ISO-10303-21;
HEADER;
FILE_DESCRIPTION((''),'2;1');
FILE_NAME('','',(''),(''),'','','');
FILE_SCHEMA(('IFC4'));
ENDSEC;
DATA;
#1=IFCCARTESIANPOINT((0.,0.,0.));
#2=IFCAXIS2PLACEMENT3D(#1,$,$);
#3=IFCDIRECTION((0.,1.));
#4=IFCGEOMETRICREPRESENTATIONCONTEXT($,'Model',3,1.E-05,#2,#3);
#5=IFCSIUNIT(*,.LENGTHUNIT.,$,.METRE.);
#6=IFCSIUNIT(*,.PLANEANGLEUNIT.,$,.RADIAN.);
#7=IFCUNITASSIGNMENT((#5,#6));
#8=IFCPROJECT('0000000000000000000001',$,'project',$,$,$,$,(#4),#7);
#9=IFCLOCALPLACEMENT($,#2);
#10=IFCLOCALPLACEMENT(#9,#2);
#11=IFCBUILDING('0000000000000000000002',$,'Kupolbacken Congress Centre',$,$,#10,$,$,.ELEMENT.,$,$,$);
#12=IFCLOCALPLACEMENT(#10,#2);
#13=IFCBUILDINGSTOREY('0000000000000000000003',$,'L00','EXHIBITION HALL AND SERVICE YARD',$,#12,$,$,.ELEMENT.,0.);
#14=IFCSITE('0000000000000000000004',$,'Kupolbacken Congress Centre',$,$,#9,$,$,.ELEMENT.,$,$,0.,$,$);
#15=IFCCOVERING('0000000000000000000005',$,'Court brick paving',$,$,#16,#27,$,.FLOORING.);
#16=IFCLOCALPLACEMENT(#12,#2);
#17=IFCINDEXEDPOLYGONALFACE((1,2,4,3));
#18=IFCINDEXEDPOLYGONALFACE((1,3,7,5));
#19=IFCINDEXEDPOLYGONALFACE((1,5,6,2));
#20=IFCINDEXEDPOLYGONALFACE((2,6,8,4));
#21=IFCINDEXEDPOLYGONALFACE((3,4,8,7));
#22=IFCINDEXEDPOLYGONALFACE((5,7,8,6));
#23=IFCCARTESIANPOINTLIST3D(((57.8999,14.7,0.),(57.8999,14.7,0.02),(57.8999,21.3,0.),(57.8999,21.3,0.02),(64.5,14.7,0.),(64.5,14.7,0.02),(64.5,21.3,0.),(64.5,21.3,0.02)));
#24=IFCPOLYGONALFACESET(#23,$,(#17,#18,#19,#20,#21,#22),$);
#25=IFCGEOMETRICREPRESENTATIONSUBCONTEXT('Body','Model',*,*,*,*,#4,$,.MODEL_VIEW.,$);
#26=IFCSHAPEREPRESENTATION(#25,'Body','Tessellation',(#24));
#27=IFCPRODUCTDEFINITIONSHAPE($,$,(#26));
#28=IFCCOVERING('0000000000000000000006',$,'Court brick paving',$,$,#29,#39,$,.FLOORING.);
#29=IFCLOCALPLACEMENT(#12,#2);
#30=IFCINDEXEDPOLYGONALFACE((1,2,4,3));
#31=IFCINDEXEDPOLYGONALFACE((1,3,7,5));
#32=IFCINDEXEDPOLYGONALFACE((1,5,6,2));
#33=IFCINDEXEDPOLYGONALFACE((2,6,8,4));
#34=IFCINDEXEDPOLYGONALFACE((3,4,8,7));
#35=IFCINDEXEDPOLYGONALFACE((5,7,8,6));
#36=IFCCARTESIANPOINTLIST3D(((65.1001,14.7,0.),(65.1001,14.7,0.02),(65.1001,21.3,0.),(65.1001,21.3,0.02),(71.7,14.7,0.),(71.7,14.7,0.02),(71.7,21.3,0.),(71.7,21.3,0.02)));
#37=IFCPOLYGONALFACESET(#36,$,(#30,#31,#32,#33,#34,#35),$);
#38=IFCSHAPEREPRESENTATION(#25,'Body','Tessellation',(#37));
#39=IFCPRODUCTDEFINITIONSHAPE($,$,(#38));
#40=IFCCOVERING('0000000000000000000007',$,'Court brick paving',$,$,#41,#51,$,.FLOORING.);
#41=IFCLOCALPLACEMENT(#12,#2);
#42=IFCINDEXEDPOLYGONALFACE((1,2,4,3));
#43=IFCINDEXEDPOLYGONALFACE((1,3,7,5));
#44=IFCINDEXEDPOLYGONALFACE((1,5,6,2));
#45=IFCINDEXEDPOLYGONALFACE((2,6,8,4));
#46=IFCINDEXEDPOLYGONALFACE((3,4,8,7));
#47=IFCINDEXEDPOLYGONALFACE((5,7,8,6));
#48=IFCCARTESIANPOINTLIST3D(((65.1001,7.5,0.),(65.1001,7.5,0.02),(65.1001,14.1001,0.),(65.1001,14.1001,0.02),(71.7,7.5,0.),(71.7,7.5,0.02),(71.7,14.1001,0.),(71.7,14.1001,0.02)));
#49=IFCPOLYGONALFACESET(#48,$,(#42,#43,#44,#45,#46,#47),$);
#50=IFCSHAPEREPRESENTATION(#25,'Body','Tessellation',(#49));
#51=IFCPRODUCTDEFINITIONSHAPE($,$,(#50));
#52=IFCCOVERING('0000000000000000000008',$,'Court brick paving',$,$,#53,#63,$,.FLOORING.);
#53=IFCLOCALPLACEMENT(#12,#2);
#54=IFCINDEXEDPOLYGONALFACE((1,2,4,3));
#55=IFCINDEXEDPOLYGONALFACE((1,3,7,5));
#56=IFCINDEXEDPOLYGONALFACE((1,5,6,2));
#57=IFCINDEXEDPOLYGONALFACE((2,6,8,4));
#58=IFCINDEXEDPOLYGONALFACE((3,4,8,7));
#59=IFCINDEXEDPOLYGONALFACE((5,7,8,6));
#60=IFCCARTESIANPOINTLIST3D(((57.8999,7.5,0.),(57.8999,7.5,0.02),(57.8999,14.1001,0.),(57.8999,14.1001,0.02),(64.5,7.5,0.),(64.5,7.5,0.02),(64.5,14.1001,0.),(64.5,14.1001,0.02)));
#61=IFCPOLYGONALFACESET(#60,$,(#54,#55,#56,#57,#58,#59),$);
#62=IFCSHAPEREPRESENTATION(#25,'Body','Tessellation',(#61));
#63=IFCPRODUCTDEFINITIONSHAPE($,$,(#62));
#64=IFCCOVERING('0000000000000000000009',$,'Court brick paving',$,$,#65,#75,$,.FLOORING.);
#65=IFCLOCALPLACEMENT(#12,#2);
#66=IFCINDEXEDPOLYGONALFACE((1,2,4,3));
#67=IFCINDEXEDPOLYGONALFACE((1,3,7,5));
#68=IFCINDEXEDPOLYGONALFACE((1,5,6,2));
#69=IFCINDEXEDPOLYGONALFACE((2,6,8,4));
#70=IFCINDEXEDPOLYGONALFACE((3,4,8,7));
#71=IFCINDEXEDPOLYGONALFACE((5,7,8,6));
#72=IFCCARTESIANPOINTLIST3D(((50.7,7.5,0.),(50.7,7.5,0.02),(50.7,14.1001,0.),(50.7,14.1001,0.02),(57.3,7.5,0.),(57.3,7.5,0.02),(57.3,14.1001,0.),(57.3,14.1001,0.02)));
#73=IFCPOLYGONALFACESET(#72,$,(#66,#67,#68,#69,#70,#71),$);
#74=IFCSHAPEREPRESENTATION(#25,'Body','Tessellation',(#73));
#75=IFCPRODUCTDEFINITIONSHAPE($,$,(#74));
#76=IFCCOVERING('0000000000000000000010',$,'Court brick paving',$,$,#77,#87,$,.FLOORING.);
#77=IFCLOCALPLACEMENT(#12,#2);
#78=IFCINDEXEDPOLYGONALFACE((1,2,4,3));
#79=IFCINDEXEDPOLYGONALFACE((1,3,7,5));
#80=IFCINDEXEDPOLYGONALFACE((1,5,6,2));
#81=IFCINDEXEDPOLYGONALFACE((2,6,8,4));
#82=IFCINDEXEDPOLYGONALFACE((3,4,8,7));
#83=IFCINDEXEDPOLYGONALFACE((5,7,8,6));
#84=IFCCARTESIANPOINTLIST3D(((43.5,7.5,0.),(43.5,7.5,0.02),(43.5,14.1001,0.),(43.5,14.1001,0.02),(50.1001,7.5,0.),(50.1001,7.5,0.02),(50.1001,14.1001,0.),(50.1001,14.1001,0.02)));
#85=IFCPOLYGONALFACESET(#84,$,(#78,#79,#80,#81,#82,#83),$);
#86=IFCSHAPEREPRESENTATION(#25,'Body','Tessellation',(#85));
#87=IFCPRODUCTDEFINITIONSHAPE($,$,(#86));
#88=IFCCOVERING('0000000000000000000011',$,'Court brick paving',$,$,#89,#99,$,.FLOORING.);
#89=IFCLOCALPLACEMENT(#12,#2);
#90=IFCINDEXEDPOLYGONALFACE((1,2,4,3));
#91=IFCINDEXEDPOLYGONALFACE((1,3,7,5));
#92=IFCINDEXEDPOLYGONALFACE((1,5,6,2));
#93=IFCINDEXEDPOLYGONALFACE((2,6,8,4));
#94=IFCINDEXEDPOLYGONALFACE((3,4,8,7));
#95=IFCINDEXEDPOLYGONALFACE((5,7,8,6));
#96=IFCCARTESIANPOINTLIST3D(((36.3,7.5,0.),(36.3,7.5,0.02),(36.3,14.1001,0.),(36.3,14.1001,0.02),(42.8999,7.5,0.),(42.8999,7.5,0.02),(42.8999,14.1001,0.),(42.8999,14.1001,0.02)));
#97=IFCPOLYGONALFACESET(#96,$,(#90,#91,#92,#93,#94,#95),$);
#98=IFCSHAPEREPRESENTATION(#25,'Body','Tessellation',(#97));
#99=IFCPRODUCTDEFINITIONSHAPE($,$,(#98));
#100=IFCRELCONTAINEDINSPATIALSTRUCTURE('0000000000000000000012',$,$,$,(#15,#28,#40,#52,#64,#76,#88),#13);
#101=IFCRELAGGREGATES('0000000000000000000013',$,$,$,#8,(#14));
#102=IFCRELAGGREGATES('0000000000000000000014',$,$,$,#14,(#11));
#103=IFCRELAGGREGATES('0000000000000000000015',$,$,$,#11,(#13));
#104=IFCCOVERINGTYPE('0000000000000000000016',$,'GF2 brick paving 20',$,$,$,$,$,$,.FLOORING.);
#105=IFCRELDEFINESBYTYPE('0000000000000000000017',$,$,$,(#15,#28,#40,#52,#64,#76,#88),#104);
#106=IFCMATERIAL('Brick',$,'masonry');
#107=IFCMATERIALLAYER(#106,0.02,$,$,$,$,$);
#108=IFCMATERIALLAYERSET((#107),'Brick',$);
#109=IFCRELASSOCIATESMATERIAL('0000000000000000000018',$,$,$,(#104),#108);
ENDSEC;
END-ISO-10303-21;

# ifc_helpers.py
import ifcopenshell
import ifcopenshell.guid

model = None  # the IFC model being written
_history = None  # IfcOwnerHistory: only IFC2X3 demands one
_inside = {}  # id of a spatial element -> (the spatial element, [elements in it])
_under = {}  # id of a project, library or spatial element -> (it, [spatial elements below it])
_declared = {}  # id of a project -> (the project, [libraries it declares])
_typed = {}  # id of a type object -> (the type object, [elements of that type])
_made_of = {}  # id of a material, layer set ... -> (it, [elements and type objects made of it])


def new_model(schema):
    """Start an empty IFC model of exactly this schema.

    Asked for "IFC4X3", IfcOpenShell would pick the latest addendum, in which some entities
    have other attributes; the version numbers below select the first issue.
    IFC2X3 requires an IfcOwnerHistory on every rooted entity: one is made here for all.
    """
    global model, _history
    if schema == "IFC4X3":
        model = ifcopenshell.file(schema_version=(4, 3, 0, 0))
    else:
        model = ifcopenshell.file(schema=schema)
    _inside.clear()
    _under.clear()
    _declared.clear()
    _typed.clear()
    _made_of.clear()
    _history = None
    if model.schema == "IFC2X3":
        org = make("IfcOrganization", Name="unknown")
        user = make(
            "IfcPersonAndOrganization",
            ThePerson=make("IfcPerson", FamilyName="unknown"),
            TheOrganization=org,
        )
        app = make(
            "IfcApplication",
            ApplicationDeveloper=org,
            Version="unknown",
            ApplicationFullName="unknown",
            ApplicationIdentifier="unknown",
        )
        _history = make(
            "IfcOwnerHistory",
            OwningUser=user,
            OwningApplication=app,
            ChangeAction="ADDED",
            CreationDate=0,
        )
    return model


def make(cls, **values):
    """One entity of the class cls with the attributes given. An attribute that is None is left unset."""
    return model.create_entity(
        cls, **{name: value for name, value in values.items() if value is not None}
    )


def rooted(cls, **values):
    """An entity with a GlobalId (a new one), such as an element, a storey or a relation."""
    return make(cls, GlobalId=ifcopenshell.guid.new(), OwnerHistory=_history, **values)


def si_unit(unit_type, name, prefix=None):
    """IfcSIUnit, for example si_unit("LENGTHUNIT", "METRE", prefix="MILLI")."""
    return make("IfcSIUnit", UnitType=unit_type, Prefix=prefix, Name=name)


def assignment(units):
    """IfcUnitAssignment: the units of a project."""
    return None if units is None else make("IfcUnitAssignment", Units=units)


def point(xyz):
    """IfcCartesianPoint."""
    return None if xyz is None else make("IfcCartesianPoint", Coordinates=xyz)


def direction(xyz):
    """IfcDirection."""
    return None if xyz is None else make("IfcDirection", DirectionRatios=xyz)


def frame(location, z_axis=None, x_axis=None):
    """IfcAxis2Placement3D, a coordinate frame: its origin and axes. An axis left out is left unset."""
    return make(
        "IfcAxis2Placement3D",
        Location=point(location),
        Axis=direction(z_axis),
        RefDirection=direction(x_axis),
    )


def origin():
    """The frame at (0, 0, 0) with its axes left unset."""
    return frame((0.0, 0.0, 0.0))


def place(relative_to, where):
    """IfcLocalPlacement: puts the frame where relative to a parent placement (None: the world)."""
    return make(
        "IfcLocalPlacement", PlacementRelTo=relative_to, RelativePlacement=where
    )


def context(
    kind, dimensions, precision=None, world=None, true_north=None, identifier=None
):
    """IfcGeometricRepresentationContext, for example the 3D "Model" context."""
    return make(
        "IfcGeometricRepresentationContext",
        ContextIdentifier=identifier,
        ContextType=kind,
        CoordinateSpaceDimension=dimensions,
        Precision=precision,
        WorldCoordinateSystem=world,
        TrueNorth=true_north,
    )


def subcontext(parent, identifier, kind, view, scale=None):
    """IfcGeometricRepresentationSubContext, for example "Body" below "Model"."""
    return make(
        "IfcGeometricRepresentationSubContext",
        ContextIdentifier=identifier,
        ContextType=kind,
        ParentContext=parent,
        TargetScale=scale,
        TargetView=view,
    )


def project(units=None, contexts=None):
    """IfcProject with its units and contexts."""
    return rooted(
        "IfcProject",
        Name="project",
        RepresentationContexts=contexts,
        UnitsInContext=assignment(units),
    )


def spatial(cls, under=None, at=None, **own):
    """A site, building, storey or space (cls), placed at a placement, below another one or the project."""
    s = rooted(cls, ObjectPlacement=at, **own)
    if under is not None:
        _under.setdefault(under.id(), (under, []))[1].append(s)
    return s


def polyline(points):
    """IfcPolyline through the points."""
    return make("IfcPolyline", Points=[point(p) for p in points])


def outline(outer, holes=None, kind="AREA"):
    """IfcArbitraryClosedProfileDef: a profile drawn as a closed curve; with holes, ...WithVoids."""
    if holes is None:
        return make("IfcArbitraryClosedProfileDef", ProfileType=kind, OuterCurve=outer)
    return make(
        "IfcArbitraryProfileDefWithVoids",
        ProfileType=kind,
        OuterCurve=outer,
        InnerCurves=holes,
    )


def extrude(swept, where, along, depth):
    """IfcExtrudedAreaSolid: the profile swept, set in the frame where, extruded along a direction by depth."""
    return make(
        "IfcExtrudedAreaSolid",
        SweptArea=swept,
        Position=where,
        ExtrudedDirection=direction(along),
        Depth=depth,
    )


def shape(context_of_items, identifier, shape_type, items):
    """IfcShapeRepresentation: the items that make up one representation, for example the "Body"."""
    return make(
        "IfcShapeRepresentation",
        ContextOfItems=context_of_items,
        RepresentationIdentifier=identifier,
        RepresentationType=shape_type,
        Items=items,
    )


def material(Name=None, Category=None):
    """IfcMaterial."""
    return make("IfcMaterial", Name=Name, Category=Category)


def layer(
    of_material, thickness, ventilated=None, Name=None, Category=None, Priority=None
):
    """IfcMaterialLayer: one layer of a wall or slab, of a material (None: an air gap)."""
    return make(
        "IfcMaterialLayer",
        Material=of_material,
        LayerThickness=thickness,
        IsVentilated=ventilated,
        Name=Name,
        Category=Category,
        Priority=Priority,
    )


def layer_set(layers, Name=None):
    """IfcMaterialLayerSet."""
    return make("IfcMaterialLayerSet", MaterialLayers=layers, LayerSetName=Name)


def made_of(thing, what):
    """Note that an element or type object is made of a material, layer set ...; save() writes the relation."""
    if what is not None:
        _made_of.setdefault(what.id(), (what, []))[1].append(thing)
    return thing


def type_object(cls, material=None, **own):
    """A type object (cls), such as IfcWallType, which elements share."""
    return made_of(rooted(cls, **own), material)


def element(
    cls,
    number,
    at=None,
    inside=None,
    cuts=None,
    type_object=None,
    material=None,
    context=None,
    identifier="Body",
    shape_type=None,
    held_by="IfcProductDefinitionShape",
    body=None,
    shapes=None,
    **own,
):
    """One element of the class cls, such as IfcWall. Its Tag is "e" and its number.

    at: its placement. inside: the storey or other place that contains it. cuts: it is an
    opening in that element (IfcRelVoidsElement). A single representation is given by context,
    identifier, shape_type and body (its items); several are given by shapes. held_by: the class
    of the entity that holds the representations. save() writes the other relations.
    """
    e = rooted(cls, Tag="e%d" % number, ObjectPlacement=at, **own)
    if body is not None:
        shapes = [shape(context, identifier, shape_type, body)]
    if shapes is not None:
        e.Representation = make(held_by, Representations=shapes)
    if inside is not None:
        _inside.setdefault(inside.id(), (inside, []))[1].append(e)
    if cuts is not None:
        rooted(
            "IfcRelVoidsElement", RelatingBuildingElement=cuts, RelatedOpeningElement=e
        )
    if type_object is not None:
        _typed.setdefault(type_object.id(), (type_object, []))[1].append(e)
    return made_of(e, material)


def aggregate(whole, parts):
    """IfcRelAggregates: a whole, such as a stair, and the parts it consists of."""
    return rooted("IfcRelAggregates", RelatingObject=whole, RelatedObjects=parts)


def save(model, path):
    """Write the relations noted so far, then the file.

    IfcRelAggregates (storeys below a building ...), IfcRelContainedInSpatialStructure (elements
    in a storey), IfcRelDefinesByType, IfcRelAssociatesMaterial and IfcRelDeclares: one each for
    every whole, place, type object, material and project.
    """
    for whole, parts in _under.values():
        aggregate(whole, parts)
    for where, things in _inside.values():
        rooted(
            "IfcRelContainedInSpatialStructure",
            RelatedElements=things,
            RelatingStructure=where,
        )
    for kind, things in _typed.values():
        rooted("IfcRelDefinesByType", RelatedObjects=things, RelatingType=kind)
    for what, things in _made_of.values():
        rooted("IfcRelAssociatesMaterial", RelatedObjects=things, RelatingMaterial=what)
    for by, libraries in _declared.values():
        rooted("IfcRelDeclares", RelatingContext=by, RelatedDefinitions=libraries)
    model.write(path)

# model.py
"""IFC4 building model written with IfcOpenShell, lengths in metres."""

from ifc_helpers import new_model, si_unit, direction, origin, place, context, subcontext, project, spatial, polyline, outline, extrude, material, layer, layer_set, type_object, element, save


model = new_model("IFC4")

# Units and contexts
model_context = context("Model", 3, precision=1e-05, world=origin(), true_north=direction((0.0, 1.0)))
body_context = subcontext(model_context, "Body", "Model", "MODEL_VIEW")
ifc_project = project(units=[si_unit("LENGTHUNIT", "METRE"), si_unit("PLANEANGLEUNIT", "RADIAN")], contexts=[model_context])

# Site, building, storey
site_placement = place(None, origin())
site = spatial("IfcSite", under=ifc_project, at=site_placement, Name="Kupolbacken Congress Centre", CompositionType="ELEMENT", RefElevation=0.0)
building_placement = place(site_placement, origin())
building = spatial("IfcBuilding", under=site, at=building_placement, Name="Kupolbacken Congress Centre", CompositionType="ELEMENT")
storey_placement = place(building_placement, origin())
storey = spatial("IfcBuildingStorey", under=building, at=storey_placement, Name="L00", Description="EXHIBITION HALL AND SERVICE YARD", CompositionType="ELEMENT", Elevation=0.0)

# Coverings
ifc_material = material(Name="Brick", Category="masonry")
ifc_layer = layer(ifc_material, 0.02)
ifc_layer_set = layer_set([ifc_layer], Name="Brick")
covering_type = type_object("IfcCoveringType", Name="GF2 brick paving 20", PredefinedType="FLOORING", material=ifc_layer_set)
covering_1_placement = place(storey_placement, origin())
element("IfcCovering", 1, at=covering_1_placement, inside=storey, type_object=covering_type, Name="Court brick paving", PredefinedType="FLOORING", context=body_context, shape_type="SweptSolid", body=[
    extrude(outline(polyline([(57.8999, 14.7), (57.8999, 21.3), (64.5, 21.3), (64.5, 14.7), (57.8999, 14.7)])), origin(), (0.0, 0.0, 1.0), 0.02),
])
covering_2_placement = place(storey_placement, origin())
element("IfcCovering", 2, at=covering_2_placement, inside=storey, type_object=covering_type, Name="Court brick paving", PredefinedType="FLOORING", context=body_context, shape_type="SweptSolid", body=[
    extrude(outline(polyline([(65.1001, 14.7), (65.1001, 21.3), (71.7, 21.3), (71.7, 14.7), (65.1001, 14.7)])), origin(), (0.0, 0.0, 1.0), 0.02),
])
covering_3_placement = place(storey_placement, origin())
element("IfcCovering", 3, at=covering_3_placement, inside=storey, type_object=covering_type, Name="Court brick paving", PredefinedType="FLOORING", context=body_context, shape_type="SweptSolid", body=[
    extrude(outline(polyline([(71.7, 14.1001), (71.7, 7.5), (65.1001, 7.5), (65.1001, 14.1001), (71.7, 14.1001)])), origin(), (0.0, 0.0, 1.0), 0.02),
])
covering_4_placement = place(storey_placement, origin())
element("IfcCovering", 4, at=covering_4_placement, inside=storey, type_object=covering_type, Name="Court brick paving", PredefinedType="FLOORING", context=body_context, shape_type="SweptSolid", body=[
    extrude(outline(polyline([(64.5, 14.1001), (64.5, 7.5), (57.8999, 7.5), (57.8999, 14.1001), (64.5, 14.1001)])), origin(), (0.0, 0.0, 1.0), 0.02),
])
covering_5_placement = place(storey_placement, origin())
element("IfcCovering", 5, at=covering_5_placement, inside=storey, type_object=covering_type, Name="Court brick paving", PredefinedType="FLOORING", context=body_context, shape_type="SweptSolid", body=[
    extrude(outline(polyline([(57.3, 14.1001), (57.3, 7.5), (50.7, 7.5), (50.7, 14.1001), (57.3, 14.1001)])), origin(), (0.0, 0.0, 1.0), 0.02),
])
covering_6_placement = place(storey_placement, origin())
element("IfcCovering", 6, at=covering_6_placement, inside=storey, type_object=covering_type, Name="Court brick paving", PredefinedType="FLOORING", context=body_context, shape_type="SweptSolid", body=[
    extrude(outline(polyline([(50.1001, 14.1001), (50.1001, 7.5), (43.5, 7.5), (43.5, 14.1001), (50.1001, 14.1001)])), origin(), (0.0, 0.0, 1.0), 0.02),
])
covering_7_placement = place(storey_placement, origin())
element("IfcCovering", 7, at=covering_7_placement, inside=storey, type_object=covering_type, Name="Court brick paving", PredefinedType="FLOORING", context=body_context, shape_type="SweptSolid", body=[
    extrude(outline(polyline([(42.8999, 7.5), (36.3, 7.5), (36.3, 14.1001), (42.8999, 14.1001), (42.8999, 7.5)])), origin(), (0.0, 0.0, 1.0), 0.02),
])

save(model, "model.ifc")
